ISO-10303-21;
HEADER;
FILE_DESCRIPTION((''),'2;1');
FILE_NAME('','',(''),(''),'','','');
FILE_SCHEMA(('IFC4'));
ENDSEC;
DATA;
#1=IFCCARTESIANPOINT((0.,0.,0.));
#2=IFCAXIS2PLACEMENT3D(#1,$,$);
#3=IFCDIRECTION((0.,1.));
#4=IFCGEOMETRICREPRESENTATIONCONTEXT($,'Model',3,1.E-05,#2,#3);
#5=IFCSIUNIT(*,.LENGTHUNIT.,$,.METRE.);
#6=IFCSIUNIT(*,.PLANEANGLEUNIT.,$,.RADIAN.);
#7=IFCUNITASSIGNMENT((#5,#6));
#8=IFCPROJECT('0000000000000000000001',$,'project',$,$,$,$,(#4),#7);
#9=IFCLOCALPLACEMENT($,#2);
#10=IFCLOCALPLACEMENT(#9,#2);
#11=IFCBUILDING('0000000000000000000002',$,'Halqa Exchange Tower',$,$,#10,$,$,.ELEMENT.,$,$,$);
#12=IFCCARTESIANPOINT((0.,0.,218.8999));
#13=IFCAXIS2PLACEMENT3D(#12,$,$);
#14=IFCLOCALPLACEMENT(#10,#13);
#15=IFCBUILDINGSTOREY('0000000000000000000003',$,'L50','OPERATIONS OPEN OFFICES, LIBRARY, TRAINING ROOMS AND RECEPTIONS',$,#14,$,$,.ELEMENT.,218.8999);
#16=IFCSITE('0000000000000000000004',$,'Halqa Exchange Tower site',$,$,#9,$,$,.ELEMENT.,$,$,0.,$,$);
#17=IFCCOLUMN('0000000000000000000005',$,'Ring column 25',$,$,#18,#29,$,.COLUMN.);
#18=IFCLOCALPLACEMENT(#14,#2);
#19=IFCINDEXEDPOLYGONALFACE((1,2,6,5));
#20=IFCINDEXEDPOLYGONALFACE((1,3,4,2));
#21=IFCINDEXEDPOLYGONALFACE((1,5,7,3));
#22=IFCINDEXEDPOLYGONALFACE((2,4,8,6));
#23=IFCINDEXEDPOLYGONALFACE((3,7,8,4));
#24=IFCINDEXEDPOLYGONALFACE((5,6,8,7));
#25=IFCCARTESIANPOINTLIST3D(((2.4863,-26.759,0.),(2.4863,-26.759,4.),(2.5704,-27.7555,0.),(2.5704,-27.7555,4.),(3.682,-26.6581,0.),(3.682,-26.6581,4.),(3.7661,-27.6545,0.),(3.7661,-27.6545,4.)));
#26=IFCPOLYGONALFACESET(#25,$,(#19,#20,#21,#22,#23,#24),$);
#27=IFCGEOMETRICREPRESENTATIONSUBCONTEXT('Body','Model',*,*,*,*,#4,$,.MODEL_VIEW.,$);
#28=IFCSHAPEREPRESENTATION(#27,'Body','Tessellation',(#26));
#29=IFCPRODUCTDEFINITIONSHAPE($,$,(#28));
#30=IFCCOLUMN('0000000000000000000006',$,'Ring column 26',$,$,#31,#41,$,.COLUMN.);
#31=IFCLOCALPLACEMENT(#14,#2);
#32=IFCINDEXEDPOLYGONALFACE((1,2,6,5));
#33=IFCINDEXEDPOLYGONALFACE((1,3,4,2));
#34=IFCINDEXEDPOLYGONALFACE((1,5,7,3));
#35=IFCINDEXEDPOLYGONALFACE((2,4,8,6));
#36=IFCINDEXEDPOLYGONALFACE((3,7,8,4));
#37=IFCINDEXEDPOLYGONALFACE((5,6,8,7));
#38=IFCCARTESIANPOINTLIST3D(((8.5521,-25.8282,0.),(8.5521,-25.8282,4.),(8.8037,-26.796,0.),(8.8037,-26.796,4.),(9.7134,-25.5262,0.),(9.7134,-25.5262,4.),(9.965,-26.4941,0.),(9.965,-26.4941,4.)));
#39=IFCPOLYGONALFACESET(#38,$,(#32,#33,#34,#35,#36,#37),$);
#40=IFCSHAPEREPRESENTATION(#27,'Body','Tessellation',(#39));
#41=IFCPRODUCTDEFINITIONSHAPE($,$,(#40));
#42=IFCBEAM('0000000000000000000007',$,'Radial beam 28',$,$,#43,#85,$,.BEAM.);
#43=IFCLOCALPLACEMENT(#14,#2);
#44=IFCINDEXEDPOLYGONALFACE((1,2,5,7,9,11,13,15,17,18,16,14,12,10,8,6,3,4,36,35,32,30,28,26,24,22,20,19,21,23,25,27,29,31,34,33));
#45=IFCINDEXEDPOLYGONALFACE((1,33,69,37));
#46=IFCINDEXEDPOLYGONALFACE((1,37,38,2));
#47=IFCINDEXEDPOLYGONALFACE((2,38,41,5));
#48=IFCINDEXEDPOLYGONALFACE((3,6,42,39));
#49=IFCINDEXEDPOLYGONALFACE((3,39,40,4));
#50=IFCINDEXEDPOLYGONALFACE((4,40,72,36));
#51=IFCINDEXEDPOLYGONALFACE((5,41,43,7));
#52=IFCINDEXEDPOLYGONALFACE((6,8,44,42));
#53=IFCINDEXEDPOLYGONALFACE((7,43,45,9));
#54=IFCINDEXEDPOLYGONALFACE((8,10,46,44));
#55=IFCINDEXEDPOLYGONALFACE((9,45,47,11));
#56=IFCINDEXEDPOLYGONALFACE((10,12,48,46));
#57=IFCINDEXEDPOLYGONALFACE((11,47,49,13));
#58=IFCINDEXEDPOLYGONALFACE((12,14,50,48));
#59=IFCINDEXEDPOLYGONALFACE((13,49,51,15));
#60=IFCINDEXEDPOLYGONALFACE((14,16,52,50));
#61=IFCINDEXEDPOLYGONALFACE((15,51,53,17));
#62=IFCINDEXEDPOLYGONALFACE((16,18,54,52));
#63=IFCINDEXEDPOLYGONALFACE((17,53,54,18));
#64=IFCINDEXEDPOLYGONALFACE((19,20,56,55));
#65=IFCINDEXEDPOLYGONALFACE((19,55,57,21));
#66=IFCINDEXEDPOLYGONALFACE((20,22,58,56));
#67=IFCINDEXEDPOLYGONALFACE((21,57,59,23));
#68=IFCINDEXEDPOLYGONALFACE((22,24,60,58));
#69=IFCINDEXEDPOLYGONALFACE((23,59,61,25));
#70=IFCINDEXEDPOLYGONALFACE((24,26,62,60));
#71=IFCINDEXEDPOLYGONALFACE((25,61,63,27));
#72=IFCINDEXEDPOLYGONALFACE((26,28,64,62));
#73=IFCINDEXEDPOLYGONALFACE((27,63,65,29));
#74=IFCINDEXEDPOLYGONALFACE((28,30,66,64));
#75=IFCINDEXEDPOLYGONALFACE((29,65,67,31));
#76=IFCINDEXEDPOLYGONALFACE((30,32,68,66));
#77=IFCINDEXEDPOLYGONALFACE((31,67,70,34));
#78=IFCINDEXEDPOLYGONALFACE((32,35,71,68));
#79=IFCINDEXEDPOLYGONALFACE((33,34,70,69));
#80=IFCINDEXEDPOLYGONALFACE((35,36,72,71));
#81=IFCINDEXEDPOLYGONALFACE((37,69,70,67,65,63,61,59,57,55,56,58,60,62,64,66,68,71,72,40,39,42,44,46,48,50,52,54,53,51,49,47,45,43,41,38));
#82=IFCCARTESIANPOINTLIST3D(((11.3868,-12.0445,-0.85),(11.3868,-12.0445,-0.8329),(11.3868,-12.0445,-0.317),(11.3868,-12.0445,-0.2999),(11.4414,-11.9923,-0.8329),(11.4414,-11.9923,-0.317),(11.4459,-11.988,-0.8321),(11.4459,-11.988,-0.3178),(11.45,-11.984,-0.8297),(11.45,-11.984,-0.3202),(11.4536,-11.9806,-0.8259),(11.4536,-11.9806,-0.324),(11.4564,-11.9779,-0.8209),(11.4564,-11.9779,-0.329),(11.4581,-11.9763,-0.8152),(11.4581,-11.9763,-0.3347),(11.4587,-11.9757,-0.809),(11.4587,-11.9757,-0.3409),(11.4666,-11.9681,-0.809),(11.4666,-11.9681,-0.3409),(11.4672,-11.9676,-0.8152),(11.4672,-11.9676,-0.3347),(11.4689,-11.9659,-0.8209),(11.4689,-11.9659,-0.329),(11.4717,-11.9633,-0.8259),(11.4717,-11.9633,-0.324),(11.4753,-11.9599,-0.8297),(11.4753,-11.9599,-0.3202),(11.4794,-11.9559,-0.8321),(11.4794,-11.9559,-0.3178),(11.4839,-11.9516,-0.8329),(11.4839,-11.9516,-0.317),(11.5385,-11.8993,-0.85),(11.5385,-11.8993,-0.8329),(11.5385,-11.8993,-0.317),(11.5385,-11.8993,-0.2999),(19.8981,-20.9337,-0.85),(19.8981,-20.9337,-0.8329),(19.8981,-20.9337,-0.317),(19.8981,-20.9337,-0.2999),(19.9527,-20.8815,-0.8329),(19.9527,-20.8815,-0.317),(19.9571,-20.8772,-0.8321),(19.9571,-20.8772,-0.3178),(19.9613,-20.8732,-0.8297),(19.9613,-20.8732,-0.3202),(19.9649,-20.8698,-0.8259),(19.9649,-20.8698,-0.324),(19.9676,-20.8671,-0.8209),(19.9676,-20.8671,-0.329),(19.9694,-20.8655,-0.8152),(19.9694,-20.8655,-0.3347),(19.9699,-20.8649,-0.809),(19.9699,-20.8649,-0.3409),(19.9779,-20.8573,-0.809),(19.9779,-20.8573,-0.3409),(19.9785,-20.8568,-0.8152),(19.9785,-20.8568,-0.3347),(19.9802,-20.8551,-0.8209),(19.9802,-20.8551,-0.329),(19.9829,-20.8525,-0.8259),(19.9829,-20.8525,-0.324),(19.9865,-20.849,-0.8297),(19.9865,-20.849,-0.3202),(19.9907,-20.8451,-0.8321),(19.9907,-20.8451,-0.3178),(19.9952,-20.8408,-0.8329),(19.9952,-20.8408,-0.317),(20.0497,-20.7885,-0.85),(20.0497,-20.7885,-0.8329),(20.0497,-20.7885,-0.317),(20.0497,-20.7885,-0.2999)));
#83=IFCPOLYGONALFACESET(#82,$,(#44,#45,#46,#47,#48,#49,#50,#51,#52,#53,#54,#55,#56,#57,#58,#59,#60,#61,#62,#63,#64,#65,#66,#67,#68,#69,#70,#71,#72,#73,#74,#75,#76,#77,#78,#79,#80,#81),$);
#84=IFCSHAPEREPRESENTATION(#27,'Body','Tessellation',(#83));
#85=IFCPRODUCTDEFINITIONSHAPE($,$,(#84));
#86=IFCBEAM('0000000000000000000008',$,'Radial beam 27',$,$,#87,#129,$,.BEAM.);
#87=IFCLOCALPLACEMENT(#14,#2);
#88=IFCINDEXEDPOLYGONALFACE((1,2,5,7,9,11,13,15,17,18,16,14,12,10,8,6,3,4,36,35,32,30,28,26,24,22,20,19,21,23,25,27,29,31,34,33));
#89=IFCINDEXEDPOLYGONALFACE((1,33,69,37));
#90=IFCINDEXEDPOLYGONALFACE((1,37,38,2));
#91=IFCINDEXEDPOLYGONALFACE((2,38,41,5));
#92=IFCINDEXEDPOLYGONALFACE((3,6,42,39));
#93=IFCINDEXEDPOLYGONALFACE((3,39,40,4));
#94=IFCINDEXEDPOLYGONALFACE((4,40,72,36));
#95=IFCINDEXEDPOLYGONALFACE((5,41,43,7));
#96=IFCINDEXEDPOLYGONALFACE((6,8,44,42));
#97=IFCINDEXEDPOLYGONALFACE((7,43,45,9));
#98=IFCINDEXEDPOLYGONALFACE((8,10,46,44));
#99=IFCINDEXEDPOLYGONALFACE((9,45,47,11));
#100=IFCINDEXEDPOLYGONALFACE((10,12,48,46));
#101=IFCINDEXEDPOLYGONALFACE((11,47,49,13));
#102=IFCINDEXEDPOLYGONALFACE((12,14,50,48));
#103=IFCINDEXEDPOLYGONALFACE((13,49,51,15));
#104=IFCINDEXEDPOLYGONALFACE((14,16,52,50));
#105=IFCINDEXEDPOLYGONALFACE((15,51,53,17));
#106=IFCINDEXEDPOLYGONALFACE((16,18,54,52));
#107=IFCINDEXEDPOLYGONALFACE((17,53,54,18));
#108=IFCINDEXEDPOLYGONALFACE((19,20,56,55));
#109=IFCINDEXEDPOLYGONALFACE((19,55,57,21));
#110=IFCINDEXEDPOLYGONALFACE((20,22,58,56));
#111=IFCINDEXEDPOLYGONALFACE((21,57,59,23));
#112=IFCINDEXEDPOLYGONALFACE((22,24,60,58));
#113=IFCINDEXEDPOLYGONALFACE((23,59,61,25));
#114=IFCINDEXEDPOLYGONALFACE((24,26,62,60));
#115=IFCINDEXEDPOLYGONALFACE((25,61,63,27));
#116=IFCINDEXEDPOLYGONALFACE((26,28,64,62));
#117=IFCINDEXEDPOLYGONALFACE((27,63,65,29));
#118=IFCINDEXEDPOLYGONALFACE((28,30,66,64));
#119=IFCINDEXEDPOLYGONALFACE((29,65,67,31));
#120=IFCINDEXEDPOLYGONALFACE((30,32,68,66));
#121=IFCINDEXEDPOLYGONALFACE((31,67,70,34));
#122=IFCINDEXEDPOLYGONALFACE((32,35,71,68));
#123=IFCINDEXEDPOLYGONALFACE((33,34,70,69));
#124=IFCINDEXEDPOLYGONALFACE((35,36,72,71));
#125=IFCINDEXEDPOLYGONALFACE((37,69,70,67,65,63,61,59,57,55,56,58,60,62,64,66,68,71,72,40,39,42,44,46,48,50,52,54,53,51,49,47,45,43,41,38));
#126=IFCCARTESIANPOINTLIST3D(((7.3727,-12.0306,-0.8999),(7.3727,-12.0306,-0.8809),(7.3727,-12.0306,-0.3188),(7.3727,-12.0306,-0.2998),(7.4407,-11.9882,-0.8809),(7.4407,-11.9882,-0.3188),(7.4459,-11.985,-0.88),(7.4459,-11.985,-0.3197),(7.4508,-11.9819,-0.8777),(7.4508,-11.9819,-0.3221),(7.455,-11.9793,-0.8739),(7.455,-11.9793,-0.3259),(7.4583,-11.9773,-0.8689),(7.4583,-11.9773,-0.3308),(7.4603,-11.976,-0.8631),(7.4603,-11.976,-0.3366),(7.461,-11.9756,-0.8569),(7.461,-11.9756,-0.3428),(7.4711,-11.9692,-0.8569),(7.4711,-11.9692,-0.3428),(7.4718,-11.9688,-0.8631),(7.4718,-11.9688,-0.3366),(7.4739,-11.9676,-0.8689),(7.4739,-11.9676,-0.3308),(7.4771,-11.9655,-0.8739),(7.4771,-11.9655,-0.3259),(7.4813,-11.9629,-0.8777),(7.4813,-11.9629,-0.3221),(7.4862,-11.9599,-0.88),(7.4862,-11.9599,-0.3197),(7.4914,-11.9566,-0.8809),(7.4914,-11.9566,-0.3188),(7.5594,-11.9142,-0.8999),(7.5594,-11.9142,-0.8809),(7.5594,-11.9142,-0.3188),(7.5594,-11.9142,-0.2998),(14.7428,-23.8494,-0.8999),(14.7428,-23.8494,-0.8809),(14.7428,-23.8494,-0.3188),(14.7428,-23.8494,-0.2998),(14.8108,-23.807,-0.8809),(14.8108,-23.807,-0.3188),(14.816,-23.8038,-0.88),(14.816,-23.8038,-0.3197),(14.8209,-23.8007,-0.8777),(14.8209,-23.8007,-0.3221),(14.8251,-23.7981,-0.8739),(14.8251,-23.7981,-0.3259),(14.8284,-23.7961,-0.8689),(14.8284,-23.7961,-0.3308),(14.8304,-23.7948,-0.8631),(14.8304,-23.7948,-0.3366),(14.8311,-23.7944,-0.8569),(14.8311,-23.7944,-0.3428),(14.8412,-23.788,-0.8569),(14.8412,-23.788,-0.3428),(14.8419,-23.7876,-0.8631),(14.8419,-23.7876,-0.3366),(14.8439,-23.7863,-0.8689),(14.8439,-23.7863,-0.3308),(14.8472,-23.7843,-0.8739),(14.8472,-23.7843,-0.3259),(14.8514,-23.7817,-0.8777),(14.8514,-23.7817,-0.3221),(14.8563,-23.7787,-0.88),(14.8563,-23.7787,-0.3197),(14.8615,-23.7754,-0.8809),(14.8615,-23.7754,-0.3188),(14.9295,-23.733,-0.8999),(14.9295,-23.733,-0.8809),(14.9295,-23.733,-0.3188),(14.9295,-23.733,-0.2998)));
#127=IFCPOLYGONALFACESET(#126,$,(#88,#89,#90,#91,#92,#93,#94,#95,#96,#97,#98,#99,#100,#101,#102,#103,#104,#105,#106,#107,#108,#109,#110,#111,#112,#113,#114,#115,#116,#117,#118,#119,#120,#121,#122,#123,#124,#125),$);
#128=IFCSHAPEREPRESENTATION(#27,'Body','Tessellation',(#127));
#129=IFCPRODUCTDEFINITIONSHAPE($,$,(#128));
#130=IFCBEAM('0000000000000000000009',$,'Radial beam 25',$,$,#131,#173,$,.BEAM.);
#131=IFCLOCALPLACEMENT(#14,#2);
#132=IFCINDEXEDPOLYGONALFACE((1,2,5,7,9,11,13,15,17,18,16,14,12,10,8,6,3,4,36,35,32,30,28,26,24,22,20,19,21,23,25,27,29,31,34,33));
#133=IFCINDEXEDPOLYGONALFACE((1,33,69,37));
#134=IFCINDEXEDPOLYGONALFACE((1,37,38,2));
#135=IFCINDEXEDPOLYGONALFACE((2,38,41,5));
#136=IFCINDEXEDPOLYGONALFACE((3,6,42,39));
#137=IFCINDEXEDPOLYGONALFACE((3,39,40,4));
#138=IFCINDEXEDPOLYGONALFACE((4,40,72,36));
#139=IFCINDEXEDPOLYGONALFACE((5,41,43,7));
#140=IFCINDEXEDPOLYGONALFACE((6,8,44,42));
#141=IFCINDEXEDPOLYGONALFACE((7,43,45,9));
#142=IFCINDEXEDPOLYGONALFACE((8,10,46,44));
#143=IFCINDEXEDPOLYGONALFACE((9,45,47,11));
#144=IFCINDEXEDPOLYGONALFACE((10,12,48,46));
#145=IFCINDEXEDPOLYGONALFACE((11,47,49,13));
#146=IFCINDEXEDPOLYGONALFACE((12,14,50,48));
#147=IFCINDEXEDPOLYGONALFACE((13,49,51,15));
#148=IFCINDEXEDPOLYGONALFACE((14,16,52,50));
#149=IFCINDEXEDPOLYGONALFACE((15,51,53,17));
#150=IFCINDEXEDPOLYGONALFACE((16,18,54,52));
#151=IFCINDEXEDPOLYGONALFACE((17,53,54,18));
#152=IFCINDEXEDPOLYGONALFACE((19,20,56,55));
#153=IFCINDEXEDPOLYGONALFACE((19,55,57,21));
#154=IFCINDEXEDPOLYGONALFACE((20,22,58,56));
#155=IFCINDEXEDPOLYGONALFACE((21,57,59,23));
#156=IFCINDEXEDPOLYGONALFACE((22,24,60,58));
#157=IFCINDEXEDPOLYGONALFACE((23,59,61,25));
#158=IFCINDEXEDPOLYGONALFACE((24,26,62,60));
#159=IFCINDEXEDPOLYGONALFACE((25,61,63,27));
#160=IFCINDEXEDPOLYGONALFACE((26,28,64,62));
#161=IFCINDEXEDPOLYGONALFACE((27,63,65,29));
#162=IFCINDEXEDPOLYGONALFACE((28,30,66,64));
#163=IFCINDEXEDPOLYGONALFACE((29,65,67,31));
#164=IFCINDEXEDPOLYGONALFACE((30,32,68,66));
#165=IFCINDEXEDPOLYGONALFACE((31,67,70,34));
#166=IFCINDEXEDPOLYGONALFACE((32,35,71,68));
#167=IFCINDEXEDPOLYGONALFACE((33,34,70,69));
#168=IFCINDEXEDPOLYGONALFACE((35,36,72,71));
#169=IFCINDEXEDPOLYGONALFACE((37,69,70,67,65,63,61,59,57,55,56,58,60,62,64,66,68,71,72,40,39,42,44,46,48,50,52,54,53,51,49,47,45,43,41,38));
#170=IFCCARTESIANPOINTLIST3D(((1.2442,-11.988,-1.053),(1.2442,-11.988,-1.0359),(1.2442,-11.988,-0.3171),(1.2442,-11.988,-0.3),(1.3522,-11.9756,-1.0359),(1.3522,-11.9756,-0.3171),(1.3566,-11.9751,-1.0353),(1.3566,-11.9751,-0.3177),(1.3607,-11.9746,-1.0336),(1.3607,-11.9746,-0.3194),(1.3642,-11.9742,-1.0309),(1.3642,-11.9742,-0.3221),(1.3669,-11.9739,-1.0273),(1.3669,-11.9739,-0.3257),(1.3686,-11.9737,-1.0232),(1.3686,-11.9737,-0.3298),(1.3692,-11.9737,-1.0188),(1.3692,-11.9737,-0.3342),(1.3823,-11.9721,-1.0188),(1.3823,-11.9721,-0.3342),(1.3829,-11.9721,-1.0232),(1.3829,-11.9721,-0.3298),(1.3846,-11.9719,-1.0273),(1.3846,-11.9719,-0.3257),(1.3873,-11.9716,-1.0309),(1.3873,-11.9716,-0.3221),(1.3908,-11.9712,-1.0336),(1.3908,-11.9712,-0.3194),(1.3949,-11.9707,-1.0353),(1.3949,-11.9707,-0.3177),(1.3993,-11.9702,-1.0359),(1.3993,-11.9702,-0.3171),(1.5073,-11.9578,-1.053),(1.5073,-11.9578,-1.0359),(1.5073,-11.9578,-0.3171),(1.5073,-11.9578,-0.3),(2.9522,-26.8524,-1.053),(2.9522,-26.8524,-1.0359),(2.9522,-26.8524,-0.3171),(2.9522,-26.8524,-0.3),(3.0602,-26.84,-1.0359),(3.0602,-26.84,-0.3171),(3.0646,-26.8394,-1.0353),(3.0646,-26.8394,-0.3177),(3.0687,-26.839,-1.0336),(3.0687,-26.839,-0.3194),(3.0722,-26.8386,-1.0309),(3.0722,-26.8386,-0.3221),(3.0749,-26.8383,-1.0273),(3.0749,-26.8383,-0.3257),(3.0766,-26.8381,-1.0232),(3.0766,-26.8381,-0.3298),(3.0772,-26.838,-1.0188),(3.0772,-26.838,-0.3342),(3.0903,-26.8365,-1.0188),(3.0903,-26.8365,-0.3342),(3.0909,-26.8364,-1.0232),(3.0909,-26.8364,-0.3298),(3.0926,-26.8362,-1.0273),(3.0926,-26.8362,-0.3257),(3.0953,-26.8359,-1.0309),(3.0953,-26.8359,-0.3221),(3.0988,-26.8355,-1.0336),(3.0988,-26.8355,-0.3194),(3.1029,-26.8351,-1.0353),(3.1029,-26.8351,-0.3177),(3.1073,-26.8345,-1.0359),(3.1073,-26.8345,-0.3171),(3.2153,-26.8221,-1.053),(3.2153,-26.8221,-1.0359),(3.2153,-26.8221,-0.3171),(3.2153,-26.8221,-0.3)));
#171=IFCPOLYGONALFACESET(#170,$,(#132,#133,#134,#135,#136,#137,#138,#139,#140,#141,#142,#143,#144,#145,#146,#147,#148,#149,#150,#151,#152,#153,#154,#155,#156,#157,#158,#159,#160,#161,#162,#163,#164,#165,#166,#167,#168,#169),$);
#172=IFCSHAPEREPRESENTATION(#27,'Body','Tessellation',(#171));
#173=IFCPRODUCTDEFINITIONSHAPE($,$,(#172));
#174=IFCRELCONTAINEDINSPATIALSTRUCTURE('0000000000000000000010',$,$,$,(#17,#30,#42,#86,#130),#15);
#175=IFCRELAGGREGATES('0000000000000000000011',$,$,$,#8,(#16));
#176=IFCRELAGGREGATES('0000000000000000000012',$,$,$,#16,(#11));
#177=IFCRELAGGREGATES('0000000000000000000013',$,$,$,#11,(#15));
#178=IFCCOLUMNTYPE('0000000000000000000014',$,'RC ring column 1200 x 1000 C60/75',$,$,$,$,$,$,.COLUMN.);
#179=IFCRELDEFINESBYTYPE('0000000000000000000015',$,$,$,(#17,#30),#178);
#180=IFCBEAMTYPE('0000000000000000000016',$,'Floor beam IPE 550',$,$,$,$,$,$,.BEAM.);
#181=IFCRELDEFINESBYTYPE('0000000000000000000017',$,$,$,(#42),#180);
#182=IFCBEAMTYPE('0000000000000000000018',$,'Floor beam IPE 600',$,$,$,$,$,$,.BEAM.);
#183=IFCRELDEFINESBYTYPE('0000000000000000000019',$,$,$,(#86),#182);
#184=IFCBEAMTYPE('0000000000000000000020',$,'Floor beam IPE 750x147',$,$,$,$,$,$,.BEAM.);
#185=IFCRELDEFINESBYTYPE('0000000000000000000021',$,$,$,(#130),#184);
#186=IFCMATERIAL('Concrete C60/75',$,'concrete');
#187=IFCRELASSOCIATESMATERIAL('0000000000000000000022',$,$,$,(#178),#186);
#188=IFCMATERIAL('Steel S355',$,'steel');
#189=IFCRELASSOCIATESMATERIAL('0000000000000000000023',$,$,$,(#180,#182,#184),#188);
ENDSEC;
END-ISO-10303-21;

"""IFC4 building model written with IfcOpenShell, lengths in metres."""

from ifc_helpers import new_model, si_unit, direction, frame, origin, origin_2d, place, context, subcontext, project, spatial, rectangle, i_section, extrude, material, material_profile, profile_set, type_object, element, save


model = new_model("IFC4")

# Units and contexts
model_context = context("Model", 3, precision=1e-05, world=origin(), true_north=direction((0.0, 1.0)))
body_context = subcontext(model_context, "Body", "Model", "MODEL_VIEW")
ifc_project = project(units=[si_unit("LENGTHUNIT", "METRE"), si_unit("PLANEANGLEUNIT", "RADIAN")], contexts=[model_context])

# Site, building, storey
site_placement = place(None, origin())
site = spatial("IfcSite", under=ifc_project, at=site_placement, Name="Halqa Exchange Tower site", CompositionType="ELEMENT", RefElevation=0.0)
building_placement = place(site_placement, origin())
building = spatial("IfcBuilding", under=site, at=building_placement, Name="Halqa Exchange Tower", CompositionType="ELEMENT")
storey_placement = place(building_placement, frame((0.0, 0.0, 218.8999)))
storey = spatial("IfcBuildingStorey", under=building, at=storey_placement, Name="L50", Description="OPERATIONS OPEN OFFICES, LIBRARY, TRAINING ROOMS AND RECEPTIONS", CompositionType="ELEMENT", Elevation=218.8999)

# Columns
ifc_material_1 = material(Name="Concrete C60/75", Category="concrete")
ifc_material_profile_1 = material_profile(ifc_material_1, rectangle(XDim=1.2, YDim=1.0, at=origin_2d()), Name="1200 x 1000")
ifc_profile_set_1 = profile_set([ifc_material_profile_1], Name="Concrete C60/75")
column_type = type_object("IfcColumnType", Name="RC ring column 1200 x 1000 C60/75", PredefinedType="COLUMN", material=ifc_profile_set_1)
for number, where, z_axis, x_axis, name in (
    (1, (3.1262, -27.2068, 0.0), (0.0, 0.0, 1.0), (0.996455, 0.084128, 0.0), "Ring column 25"),
    (2, (9.2585, -26.1611, 0.0), (0.0, 0.0, 1.0), (0.967819, 0.251649, 0.0), "Ring column 26"),
):
    element("IfcColumn", number, at=place(storey_placement, frame(where, z_axis=z_axis, x_axis=x_axis)), inside=storey, type_object=column_type, Name=name, PredefinedType="COLUMN", context=body_context, shape_type="SweptSolid", body=[
        extrude(rectangle(XDim=1.2, YDim=1.0, at=origin_2d()), origin(), (0.0, 0.0, 1.0), 4.0),
    ])

# Beams
ifc_material_2 = material(Name="Steel S355", Category="steel")
ifc_material_profile_2 = material_profile(ifc_material_2, i_section(OverallWidth=0.21, OverallDepth=0.55, WebThickness=0.011, FlangeThickness=0.0171, FilletRadius=0.0239, at=origin_2d()), Name="IPE 550")
ifc_profile_set_2 = profile_set([ifc_material_profile_2], Name="Steel S355")
beam_type_1 = type_object("IfcBeamType", Name="Floor beam IPE 550", PredefinedType="BEAM", material=ifc_profile_set_2)
beam_1_placement = place(storey_placement, frame((11.4626, -11.9719, -0.575), z_axis=(0.691586, -0.722295, 0.0), x_axis=(0.722295, 0.691586, 0.0)))
element("IfcBeam", 3, at=beam_1_placement, inside=storey, type_object=beam_type_1, Name="Radial beam 28", PredefinedType="BEAM", context=body_context, shape_type="SweptSolid", body=[
    extrude(i_section(OverallWidth=0.21, OverallDepth=0.55, WebThickness=0.011, FlangeThickness=0.0171, FilletRadius=0.0239, at=origin_2d()), origin(), (0.0, 0.0, 1.0), 12.3069),
])
ifc_material_profile_3 = material_profile(ifc_material_2, i_section(OverallWidth=0.22, OverallDepth=0.6001, WebThickness=0.012, FlangeThickness=0.019, FilletRadius=0.0239, at=origin_2d()), Name="IPE 600")
ifc_profile_set_3 = profile_set([ifc_material_profile_3], Name="Steel S355")
beam_type_2 = type_object("IfcBeamType", Name="Floor beam IPE 600", PredefinedType="BEAM", material=ifc_profile_set_3)
beam_2_placement = place(storey_placement, frame((7.4661, -11.9724, -0.5999), z_axis=(0.529138, -0.848536, 0.0), x_axis=(0.848536, 0.529138, 0.0)))
element("IfcBeam", 4, at=beam_2_placement, inside=storey, type_object=beam_type_2, Name="Radial beam 27", PredefinedType="BEAM", context=body_context, shape_type="SweptSolid", body=[
    extrude(i_section(OverallWidth=0.22, OverallDepth=0.6001, WebThickness=0.012, FlangeThickness=0.019, FilletRadius=0.0239, at=origin_2d()), origin(), (0.0, 0.0, 1.0), 13.9285),
])
ifc_material_profile_4 = material_profile(ifc_material_2, i_section(OverallWidth=0.2649, OverallDepth=0.7529, WebThickness=0.0132, FlangeThickness=0.0171, FilletRadius=0.0171, at=origin_2d()), Name="IPE 750x147")
ifc_profile_set_4 = profile_set([ifc_material_profile_4], Name="Steel S355")
beam_type_3 = type_object("IfcBeamType", Name="Floor beam IPE 750x147", PredefinedType="BEAM", material=ifc_profile_set_4)
beam_3_placement = place(storey_placement, frame((1.3757, -11.9729, -0.6765), z_axis=(0.114156, -0.993463, 0.0), x_axis=(0.993463, 0.114156, 0.0)))
element("IfcBeam", 5, at=beam_3_placement, inside=storey, type_object=beam_type_3, Name="Radial beam 25", PredefinedType="BEAM", context=body_context, shape_type="SweptSolid", body=[
    extrude(i_section(OverallWidth=0.2649, OverallDepth=0.7529, WebThickness=0.0132, FlangeThickness=0.0171, FilletRadius=0.0171, at=origin_2d()), origin(), (0.0, 0.0, 1.0), 14.9622),
])

save(model, "model.ifc")
